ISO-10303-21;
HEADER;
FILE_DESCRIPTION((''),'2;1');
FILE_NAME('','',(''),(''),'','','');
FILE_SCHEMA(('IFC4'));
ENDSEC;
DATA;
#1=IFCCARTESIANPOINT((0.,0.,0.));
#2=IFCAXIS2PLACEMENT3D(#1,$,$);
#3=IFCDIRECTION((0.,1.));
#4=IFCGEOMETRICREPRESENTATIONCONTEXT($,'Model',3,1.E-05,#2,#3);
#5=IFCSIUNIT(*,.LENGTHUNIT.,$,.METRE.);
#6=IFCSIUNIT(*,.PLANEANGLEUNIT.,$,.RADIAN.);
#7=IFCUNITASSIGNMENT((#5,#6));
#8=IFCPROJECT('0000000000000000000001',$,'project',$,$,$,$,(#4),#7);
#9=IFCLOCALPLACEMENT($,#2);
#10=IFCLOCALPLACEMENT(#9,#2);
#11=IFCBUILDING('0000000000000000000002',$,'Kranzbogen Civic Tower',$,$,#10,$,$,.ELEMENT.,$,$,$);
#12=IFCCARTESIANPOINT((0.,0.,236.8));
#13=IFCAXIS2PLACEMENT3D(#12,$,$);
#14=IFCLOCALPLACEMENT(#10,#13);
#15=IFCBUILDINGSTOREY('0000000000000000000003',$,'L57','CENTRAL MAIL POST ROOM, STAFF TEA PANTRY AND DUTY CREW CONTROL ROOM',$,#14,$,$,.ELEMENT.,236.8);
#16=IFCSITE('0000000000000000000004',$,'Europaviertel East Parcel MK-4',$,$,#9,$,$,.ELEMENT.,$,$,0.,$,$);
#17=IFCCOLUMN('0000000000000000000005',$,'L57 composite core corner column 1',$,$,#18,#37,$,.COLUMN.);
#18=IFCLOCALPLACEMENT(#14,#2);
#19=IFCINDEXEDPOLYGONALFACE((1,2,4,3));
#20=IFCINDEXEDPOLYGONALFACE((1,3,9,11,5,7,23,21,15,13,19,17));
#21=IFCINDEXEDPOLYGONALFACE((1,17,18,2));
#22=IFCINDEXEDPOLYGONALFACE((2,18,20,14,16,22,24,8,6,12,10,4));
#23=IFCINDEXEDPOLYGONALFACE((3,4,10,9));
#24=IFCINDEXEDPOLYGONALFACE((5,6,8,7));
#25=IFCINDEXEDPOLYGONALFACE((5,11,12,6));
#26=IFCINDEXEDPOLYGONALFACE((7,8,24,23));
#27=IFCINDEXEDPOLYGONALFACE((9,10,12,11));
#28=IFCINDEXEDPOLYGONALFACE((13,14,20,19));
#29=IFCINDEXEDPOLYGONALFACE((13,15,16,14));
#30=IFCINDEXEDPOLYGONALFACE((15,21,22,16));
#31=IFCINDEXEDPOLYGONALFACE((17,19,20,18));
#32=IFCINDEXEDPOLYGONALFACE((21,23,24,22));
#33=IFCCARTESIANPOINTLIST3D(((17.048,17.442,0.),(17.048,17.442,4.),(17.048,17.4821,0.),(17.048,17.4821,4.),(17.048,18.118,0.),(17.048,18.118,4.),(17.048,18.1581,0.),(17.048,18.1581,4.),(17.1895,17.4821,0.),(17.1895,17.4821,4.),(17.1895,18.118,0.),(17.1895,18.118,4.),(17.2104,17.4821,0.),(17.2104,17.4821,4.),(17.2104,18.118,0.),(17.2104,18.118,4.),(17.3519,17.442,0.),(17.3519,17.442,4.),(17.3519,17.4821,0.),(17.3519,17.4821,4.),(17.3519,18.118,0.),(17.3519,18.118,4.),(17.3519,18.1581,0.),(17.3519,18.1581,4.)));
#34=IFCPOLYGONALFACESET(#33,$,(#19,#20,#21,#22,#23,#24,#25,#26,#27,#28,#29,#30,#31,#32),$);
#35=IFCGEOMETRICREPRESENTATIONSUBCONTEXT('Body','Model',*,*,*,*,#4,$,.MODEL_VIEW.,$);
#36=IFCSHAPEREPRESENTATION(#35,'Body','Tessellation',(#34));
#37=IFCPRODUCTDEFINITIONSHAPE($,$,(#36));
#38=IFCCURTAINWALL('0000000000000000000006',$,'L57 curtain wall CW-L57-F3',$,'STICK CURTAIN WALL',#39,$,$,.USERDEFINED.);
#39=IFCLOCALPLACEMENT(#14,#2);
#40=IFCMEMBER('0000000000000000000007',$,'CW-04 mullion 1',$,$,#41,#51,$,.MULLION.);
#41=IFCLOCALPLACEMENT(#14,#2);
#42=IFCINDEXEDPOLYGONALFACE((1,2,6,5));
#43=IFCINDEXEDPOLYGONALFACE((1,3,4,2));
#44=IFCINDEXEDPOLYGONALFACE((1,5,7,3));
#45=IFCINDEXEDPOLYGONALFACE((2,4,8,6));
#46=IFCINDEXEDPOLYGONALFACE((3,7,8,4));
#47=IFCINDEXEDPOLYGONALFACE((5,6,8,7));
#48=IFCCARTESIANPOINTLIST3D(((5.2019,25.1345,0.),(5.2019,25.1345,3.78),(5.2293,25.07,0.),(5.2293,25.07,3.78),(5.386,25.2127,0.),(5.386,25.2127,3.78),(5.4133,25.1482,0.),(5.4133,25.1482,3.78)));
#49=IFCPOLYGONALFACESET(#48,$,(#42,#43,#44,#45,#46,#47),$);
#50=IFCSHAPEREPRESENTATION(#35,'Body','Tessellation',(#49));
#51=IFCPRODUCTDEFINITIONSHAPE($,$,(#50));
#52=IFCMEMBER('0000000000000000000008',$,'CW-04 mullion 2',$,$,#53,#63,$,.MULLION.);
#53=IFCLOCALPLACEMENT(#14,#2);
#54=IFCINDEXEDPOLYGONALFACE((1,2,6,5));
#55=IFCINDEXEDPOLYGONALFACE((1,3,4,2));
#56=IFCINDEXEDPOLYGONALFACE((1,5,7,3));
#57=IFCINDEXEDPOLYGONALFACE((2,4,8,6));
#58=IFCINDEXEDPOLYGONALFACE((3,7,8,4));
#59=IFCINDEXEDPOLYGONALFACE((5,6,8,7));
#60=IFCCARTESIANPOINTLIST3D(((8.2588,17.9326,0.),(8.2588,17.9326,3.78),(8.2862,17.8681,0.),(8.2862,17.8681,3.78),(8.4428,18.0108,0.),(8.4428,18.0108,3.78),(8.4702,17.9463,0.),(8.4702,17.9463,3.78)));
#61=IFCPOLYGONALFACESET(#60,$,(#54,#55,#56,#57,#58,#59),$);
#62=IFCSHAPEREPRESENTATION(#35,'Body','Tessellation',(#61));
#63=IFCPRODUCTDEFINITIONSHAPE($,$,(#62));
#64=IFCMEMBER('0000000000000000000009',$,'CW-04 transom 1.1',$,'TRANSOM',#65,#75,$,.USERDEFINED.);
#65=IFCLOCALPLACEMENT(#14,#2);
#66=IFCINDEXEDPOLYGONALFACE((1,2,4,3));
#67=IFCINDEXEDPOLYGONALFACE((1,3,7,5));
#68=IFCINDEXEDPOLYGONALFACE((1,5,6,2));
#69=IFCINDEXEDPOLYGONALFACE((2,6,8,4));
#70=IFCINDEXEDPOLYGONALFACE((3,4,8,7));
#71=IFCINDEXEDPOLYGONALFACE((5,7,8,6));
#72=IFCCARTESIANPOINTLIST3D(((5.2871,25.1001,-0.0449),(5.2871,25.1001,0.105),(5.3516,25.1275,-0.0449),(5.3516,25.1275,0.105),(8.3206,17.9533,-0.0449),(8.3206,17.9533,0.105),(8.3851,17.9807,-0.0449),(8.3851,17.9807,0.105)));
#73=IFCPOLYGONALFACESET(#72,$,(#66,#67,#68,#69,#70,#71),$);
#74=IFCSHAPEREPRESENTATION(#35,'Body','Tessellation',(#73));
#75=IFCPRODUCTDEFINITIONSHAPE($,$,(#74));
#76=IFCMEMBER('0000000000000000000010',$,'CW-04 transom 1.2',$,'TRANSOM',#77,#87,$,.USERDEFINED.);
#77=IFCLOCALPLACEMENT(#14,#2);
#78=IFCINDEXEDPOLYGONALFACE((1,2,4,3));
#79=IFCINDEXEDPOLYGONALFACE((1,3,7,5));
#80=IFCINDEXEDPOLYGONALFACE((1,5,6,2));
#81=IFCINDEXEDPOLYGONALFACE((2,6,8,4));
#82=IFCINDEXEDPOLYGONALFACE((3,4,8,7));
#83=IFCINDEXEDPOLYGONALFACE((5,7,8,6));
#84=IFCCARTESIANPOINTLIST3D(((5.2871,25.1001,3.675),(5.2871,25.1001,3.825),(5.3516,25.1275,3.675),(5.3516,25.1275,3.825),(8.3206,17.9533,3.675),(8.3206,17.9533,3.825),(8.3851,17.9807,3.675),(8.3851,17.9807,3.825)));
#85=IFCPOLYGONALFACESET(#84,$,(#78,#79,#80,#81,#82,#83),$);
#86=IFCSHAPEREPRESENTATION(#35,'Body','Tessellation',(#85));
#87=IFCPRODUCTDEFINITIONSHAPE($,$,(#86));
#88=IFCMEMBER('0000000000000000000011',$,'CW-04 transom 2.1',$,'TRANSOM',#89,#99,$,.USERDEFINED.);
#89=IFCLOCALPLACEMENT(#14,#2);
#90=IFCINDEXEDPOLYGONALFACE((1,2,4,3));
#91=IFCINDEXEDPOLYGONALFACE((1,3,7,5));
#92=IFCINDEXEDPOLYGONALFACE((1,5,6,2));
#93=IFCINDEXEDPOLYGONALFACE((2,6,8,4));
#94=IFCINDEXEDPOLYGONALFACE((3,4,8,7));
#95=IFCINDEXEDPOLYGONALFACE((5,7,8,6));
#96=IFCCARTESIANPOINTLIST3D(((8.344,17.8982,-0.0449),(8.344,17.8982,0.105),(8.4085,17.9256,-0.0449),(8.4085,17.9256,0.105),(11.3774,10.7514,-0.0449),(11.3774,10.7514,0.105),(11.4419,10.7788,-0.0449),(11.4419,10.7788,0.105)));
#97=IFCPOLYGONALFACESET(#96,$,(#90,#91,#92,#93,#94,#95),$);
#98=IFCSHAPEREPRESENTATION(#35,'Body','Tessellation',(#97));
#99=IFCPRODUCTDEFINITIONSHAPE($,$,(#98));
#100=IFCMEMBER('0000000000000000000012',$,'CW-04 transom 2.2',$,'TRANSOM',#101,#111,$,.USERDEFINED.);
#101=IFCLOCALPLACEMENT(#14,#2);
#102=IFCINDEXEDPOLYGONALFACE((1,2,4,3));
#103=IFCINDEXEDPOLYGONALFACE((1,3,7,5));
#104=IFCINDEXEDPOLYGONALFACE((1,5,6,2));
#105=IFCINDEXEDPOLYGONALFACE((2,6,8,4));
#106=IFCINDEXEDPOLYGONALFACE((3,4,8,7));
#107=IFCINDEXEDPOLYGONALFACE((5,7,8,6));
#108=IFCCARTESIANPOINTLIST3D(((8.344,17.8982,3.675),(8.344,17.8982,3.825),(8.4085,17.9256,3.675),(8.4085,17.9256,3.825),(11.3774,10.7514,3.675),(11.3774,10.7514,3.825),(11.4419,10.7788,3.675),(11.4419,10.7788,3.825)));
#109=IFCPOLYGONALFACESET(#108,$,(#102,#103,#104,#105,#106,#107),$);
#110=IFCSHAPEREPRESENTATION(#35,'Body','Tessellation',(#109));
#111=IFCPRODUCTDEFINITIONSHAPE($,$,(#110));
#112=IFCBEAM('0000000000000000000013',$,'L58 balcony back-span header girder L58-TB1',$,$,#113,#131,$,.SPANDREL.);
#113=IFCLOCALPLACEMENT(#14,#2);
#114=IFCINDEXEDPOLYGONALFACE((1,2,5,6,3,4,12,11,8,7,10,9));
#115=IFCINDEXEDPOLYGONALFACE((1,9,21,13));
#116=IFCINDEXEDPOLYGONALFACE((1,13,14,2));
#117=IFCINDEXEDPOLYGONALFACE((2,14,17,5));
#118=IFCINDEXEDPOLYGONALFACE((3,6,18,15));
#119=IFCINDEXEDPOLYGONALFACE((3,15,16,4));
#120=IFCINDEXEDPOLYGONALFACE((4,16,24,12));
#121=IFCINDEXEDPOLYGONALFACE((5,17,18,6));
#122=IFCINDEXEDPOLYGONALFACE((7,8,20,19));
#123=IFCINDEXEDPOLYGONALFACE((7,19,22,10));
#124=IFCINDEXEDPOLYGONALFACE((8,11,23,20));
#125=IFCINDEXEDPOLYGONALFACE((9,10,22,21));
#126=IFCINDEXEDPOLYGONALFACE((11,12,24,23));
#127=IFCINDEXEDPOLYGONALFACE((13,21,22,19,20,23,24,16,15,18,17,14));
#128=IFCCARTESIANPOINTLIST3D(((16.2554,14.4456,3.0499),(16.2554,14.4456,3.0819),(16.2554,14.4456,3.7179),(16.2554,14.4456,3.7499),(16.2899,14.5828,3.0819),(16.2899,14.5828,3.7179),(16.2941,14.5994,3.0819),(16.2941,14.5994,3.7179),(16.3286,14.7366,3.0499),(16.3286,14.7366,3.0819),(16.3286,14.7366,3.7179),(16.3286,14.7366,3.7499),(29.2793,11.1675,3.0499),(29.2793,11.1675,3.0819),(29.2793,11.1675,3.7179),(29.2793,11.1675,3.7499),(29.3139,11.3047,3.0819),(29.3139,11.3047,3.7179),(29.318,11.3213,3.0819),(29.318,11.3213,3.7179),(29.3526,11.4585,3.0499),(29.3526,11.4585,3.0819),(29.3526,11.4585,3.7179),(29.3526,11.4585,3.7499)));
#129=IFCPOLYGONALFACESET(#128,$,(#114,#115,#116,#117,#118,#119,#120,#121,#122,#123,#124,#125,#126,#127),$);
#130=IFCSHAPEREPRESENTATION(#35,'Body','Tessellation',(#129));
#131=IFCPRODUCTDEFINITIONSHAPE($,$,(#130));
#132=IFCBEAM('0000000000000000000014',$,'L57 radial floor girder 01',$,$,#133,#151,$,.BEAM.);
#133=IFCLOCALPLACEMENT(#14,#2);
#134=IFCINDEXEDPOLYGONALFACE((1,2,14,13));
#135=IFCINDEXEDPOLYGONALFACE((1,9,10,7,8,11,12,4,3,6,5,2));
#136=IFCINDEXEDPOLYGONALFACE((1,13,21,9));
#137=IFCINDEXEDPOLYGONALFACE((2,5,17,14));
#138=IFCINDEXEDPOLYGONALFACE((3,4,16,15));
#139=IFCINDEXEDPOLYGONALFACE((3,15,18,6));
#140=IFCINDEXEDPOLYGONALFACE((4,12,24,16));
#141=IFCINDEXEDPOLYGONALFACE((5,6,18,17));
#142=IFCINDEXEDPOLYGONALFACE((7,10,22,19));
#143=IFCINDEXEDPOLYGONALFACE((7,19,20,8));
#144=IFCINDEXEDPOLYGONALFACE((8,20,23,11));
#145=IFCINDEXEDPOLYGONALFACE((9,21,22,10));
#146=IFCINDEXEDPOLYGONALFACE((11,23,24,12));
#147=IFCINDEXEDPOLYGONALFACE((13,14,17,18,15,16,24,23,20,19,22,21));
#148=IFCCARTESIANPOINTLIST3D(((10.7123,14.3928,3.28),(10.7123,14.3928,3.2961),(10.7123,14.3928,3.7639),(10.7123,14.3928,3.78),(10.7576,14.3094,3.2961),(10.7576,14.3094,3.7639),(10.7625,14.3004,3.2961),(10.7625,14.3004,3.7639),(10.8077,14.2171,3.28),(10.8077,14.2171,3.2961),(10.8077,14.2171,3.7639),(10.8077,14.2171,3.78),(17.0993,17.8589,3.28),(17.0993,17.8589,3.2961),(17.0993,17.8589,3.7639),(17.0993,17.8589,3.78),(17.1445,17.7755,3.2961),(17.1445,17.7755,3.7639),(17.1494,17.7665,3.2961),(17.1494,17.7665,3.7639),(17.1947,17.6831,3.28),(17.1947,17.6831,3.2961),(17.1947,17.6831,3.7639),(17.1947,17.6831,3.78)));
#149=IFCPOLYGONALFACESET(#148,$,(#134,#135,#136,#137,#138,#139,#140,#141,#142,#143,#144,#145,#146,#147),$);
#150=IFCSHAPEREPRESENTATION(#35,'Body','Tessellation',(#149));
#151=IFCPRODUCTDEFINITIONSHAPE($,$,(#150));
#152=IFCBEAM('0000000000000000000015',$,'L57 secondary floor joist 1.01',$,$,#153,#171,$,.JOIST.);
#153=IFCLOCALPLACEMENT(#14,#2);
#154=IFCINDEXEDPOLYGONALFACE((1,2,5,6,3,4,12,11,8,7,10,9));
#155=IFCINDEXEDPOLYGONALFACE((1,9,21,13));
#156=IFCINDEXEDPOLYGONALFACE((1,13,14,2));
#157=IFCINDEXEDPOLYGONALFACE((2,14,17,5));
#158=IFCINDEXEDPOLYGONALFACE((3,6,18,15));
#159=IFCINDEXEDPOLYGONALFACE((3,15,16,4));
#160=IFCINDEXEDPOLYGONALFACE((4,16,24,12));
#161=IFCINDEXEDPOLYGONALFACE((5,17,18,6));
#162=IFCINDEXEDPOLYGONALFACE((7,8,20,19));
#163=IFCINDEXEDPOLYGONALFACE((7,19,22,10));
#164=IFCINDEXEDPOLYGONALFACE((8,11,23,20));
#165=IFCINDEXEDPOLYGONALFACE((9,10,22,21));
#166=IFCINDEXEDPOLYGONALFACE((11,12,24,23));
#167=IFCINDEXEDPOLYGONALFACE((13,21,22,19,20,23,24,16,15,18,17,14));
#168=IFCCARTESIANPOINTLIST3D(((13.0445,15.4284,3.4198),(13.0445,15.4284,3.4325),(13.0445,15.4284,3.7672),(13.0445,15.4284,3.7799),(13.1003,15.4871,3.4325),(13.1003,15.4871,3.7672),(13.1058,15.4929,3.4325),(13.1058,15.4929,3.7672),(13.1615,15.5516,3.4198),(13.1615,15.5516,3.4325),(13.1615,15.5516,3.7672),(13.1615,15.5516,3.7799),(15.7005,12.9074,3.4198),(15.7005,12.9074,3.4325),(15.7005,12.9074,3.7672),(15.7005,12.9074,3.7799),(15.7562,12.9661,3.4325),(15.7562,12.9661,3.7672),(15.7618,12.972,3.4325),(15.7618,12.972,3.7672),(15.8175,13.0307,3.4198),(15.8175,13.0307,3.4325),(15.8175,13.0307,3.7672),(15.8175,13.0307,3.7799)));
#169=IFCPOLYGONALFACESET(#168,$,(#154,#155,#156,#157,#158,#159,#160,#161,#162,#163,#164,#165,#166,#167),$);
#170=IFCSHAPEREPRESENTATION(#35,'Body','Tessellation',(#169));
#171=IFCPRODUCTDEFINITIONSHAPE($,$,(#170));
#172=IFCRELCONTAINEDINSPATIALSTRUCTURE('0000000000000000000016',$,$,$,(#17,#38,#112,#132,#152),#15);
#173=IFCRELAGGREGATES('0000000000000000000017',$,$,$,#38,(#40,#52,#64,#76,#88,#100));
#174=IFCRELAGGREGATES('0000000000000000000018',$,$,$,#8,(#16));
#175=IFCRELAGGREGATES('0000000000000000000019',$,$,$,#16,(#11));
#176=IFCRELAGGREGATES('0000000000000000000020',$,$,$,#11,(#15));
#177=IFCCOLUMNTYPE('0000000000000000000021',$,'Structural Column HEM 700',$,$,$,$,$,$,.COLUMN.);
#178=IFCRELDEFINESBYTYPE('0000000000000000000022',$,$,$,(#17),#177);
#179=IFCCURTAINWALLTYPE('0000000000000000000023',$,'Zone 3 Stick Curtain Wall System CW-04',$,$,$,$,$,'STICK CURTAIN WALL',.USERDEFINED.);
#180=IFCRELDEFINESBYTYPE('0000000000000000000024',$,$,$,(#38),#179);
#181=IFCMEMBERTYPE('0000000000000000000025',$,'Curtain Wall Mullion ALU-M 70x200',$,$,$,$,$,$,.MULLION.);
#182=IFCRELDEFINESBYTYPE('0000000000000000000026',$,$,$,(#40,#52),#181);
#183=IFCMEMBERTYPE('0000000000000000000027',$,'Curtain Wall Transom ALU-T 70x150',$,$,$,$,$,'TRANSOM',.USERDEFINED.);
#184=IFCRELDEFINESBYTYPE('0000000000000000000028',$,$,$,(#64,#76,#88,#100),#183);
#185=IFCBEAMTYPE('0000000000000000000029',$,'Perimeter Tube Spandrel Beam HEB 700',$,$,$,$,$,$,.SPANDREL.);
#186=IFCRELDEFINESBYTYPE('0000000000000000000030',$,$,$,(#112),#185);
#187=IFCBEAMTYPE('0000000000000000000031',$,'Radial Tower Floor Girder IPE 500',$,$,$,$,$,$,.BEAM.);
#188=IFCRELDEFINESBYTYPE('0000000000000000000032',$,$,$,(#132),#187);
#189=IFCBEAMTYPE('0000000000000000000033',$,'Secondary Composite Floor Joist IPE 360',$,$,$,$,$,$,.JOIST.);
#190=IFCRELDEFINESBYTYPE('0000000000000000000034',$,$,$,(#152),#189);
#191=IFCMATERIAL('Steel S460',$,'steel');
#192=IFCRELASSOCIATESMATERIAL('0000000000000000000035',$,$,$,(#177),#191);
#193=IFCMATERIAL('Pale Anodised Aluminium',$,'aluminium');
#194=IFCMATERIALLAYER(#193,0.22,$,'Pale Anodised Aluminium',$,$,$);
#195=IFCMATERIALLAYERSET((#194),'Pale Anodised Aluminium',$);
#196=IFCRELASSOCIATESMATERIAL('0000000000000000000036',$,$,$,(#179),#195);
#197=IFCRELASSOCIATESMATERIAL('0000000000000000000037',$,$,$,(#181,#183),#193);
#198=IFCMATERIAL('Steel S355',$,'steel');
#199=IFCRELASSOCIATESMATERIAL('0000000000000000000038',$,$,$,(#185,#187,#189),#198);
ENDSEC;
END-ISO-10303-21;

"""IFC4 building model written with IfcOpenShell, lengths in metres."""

from ifc_helpers import new_model, si_unit, direction, frame, origin, origin_2d, place, context, subcontext, project, spatial, rectangle, i_section, extrude, material, layer, layer_set, material_profile, profile_set, type_object, element, aggregate, save


model = new_model("IFC4")

# Units and contexts
model_context = context("Model", 3, precision=1e-05, world=origin(), true_north=direction((0.0, 1.0)))
body_context = subcontext(model_context, "Body", "Model", "MODEL_VIEW")
ifc_project = project(units=[si_unit("LENGTHUNIT", "METRE"), si_unit("PLANEANGLEUNIT", "RADIAN")], contexts=[model_context])

# Site, building, storey
site_placement = place(None, origin())
site = spatial("IfcSite", under=ifc_project, at=site_placement, Name="Europaviertel East Parcel MK-4", CompositionType="ELEMENT", RefElevation=0.0)
building_placement = place(site_placement, origin())
building = spatial("IfcBuilding", under=site, at=building_placement, Name="Kranzbogen Civic Tower", CompositionType="ELEMENT")
storey_placement = place(building_placement, frame((0.0, 0.0, 236.8)))
storey = spatial("IfcBuildingStorey", under=building, at=storey_placement, Name="L57", Description="CENTRAL MAIL POST ROOM, STAFF TEA PANTRY AND DUTY CREW CONTROL ROOM", CompositionType="ELEMENT", Elevation=236.8)

# Column
ifc_material_1 = material(Name="Steel S460", Category="steel")
ifc_material_profile_1 = material_profile(ifc_material_1, i_section(OverallWidth=0.304, OverallDepth=0.7161, WebThickness=0.021, FlangeThickness=0.04, at=origin_2d()), Name="HEM 700")
ifc_profile_set_1 = profile_set([ifc_material_profile_1], Name="Steel S460")
column_type = type_object("IfcColumnType", Name="Structural Column HEM 700", PredefinedType="COLUMN", material=ifc_profile_set_1)
column_placement = place(storey_placement, frame((17.2, 17.8, 0.0), z_axis=(0.0, 0.0, 1.0), x_axis=(1.0, 0.0, 0.0)))
element("IfcColumn", 1, at=column_placement, inside=storey, type_object=column_type, Name="L57 composite core corner column 1", PredefinedType="COLUMN", context=body_context, shape_type="SweptSolid", body=[
    extrude(i_section(OverallWidth=0.304, OverallDepth=0.7161, WebThickness=0.021, FlangeThickness=0.04, at=origin_2d()), origin(), (0.0, 0.0, 1.0), 4.0),
])

# Curtain wall, members
ifc_material_2 = material(Name="Pale Anodised Aluminium", Category="aluminium")
ifc_layer_1 = layer(ifc_material_2, 0.22, Name="Pale Anodised Aluminium")
ifc_layer_set_1 = layer_set([ifc_layer_1], Name="Pale Anodised Aluminium")
curtain_wall_type = type_object("IfcCurtainWallType", Name="Zone 3 Stick Curtain Wall System CW-04", ElementType="STICK CURTAIN WALL", PredefinedType="USERDEFINED", material=ifc_layer_set_1)
curtain_wall_placement = place(storey_placement, origin())
curtain_wall = element("IfcCurtainWall", 2, at=curtain_wall_placement, inside=storey, type_object=curtain_wall_type, Name="L57 curtain wall CW-L57-F3", ObjectType="STICK CURTAIN WALL", PredefinedType="USERDEFINED")
ifc_material_profile_2 = material_profile(ifc_material_2, rectangle(XDim=0.0701, YDim=0.2, at=origin_2d()), Name="ALU-M 70x200")
ifc_profile_set_2 = profile_set([ifc_material_profile_2], Name="Pale Anodised Aluminium")
member_type_1 = type_object("IfcMemberType", Name="Curtain Wall Mullion ALU-M 70x200", PredefinedType="MULLION", material=ifc_profile_set_2)
member_1_placement = place(storey_placement, frame((5.3076, 25.1414, 0.0), z_axis=(0.0, 0.0, 1.0), x_axis=(0.390705, -0.920516, 0.0)))
member_1 = element("IfcMember", 3, at=member_1_placement, type_object=member_type_1, Name="CW-04 mullion 1", PredefinedType="MULLION", context=body_context, shape_type="SweptSolid", body=[
    extrude(rectangle(XDim=0.0701, YDim=0.2, at=origin_2d()), origin(), (0.0, 0.0, 1.0), 3.78),
])
member_2_placement = place(storey_placement, frame((8.3645, 17.9395, 0.0), z_axis=(0.0, 0.0, 1.0), x_axis=(0.390705, -0.920516, 0.0)))
member_2 = element("IfcMember", 4, at=member_2_placement, type_object=member_type_1, Name="CW-04 mullion 2", PredefinedType="MULLION", context=body_context, shape_type="SweptSolid", body=[
    extrude(rectangle(XDim=0.0701, YDim=0.2, at=origin_2d()), origin(), (0.0, 0.0, 1.0), 3.78),
])
ifc_material_profile_3 = material_profile(ifc_material_2, rectangle(XDim=0.0701, YDim=0.1499, at=origin_2d()), Name="ALU-T 70x150")
ifc_profile_set_3 = profile_set([ifc_material_profile_3], Name="Pale Anodised Aluminium")
member_type_2 = type_object("IfcMemberType", Name="Curtain Wall Transom ALU-T 70x150", ElementType="TRANSOM", PredefinedType="USERDEFINED", material=ifc_profile_set_3)
member_3_placement = place(storey_placement, frame((5.3193, 25.1138, 0.03), z_axis=(0.390714, -0.920512, 0.0), x_axis=(0.920512, 0.390714, 0.0)))
member_3 = element("IfcMember", 5, at=member_3_placement, type_object=member_type_2, Name="CW-04 transom 1.1", ObjectType="TRANSOM", PredefinedType="USERDEFINED", context=body_context, shape_type="SweptSolid", body=[
    extrude(rectangle(XDim=0.0701, YDim=0.1499, at=origin_2d()), origin(), (0.0, 0.0, 1.0), 7.7639),
])
member_4_placement = place(storey_placement, frame((5.3193, 25.1138, 3.75), z_axis=(0.390714, -0.920512, 0.0), x_axis=(0.920512, 0.390714, 0.0)))
member_4 = element("IfcMember", 6, at=member_4_placement, type_object=member_type_2, Name="CW-04 transom 1.2", ObjectType="TRANSOM", PredefinedType="USERDEFINED", context=body_context, shape_type="SweptSolid", body=[
    extrude(rectangle(XDim=0.0701, YDim=0.1499, at=origin_2d()), origin(), (0.0, 0.0, 1.0), 7.7639),
])
member_5_placement = place(storey_placement, frame((8.3762, 17.9119, 0.03), z_axis=(0.390714, -0.920512, 0.0), x_axis=(0.920512, 0.390714, 0.0)))
member_5 = element("IfcMember", 7, at=member_5_placement, type_object=member_type_2, Name="CW-04 transom 2.1", ObjectType="TRANSOM", PredefinedType="USERDEFINED", context=body_context, shape_type="SweptSolid", body=[
    extrude(rectangle(XDim=0.0701, YDim=0.1499, at=origin_2d()), origin(), (0.0, 0.0, 1.0), 7.7639),
])
member_6_placement = place(storey_placement, frame((8.3762, 17.9119, 3.75), z_axis=(0.390714, -0.920512, 0.0), x_axis=(0.920512, 0.390714, 0.0)))
member_6 = element("IfcMember", 8, at=member_6_placement, type_object=member_type_2, Name="CW-04 transom 2.2", ObjectType="TRANSOM", PredefinedType="USERDEFINED", context=body_context, shape_type="SweptSolid", body=[
    extrude(rectangle(XDim=0.0701, YDim=0.1499, at=origin_2d()), origin(), (0.0, 0.0, 1.0), 7.7639),
])

# Beams
ifc_material_3 = material(Name="Steel S355", Category="steel")
ifc_material_profile_4 = material_profile(ifc_material_3, i_section(OverallWidth=0.3, OverallDepth=0.7, WebThickness=0.0171, FlangeThickness=0.032, at=origin_2d()), Name="HEB 700")
ifc_profile_set_4 = profile_set([ifc_material_profile_4], Name="Steel S355")
beam_type_1 = type_object("IfcBeamType", Name="Perimeter Tube Spandrel Beam HEB 700", PredefinedType="SPANDREL", material=ifc_profile_set_4)
beam_1_placement = place(storey_placement, frame((16.292, 14.5911, 3.3999), z_axis=(0.969754, -0.244084, 0.0), x_axis=(0.244084, 0.969754, 0.0)))
element("IfcBeam", 9, at=beam_1_placement, inside=storey, type_object=beam_type_1, Name="L58 balcony back-span header girder L58-TB1", PredefinedType="SPANDREL", context=body_context, shape_type="SweptSolid", body=[
    extrude(i_section(OverallWidth=0.3, OverallDepth=0.7, WebThickness=0.0171, FlangeThickness=0.032, at=origin_2d()), origin(), (0.0, 0.0, 1.0), 13.4302),
])
ifc_material_profile_5 = material_profile(ifc_material_3, i_section(OverallWidth=0.2, OverallDepth=0.5, WebThickness=0.0103, FlangeThickness=0.0161, at=origin_2d()), Name="IPE 500")
ifc_profile_set_5 = profile_set([ifc_material_profile_5], Name="Steel S355")
beam_type_2 = type_object("IfcBeamType", Name="Radial Tower Floor Girder IPE 500", PredefinedType="BEAM", material=ifc_profile_set_5)
beam_2_placement = place(storey_placement, frame((10.76, 14.3049, 3.53), z_axis=(0.878919, 0.47697, 0.0), x_axis=(-0.47697, 0.878919, 0.0)))
element("IfcBeam", 10, at=beam_2_placement, inside=storey, type_object=beam_type_2, Name="L57 radial floor girder 01", PredefinedType="BEAM", context=body_context, shape_type="SweptSolid", body=[
    extrude(i_section(OverallWidth=0.2, OverallDepth=0.5, WebThickness=0.0103, FlangeThickness=0.0161, at=origin_2d()), origin(), (0.0, 0.0, 1.0), 7.2668),
])
ifc_material_profile_6 = material_profile(ifc_material_3, i_section(OverallWidth=0.1699, OverallDepth=0.3601, WebThickness=0.0081, FlangeThickness=0.0127, at=origin_2d()), Name="IPE 360")
ifc_profile_set_6 = profile_set([ifc_material_profile_6], Name="Steel S355")
beam_type_3 = type_object("IfcBeamType", Name="Secondary Composite Floor Joist IPE 360", PredefinedType="JOIST", material=ifc_profile_set_6)
beam_3_placement = place(storey_placement, frame((13.103, 15.49, 3.5999), z_axis=(0.725301, -0.688432, 0.0), x_axis=(0.688432, 0.725301, 0.0)))
element("IfcBeam", 11, at=beam_3_placement, inside=storey, type_object=beam_type_3, Name="L57 secondary floor joist 1.01", PredefinedType="JOIST", context=body_context, shape_type="SweptSolid", body=[
    extrude(i_section(OverallWidth=0.1699, OverallDepth=0.3601, WebThickness=0.0081, FlangeThickness=0.0127, at=origin_2d()), origin(), (0.0, 0.0, 1.0), 3.6619),
])

aggregate(curtain_wall, [member_1, member_2, member_3, member_4, member_5, member_6])

save(model, "model.ifc")
